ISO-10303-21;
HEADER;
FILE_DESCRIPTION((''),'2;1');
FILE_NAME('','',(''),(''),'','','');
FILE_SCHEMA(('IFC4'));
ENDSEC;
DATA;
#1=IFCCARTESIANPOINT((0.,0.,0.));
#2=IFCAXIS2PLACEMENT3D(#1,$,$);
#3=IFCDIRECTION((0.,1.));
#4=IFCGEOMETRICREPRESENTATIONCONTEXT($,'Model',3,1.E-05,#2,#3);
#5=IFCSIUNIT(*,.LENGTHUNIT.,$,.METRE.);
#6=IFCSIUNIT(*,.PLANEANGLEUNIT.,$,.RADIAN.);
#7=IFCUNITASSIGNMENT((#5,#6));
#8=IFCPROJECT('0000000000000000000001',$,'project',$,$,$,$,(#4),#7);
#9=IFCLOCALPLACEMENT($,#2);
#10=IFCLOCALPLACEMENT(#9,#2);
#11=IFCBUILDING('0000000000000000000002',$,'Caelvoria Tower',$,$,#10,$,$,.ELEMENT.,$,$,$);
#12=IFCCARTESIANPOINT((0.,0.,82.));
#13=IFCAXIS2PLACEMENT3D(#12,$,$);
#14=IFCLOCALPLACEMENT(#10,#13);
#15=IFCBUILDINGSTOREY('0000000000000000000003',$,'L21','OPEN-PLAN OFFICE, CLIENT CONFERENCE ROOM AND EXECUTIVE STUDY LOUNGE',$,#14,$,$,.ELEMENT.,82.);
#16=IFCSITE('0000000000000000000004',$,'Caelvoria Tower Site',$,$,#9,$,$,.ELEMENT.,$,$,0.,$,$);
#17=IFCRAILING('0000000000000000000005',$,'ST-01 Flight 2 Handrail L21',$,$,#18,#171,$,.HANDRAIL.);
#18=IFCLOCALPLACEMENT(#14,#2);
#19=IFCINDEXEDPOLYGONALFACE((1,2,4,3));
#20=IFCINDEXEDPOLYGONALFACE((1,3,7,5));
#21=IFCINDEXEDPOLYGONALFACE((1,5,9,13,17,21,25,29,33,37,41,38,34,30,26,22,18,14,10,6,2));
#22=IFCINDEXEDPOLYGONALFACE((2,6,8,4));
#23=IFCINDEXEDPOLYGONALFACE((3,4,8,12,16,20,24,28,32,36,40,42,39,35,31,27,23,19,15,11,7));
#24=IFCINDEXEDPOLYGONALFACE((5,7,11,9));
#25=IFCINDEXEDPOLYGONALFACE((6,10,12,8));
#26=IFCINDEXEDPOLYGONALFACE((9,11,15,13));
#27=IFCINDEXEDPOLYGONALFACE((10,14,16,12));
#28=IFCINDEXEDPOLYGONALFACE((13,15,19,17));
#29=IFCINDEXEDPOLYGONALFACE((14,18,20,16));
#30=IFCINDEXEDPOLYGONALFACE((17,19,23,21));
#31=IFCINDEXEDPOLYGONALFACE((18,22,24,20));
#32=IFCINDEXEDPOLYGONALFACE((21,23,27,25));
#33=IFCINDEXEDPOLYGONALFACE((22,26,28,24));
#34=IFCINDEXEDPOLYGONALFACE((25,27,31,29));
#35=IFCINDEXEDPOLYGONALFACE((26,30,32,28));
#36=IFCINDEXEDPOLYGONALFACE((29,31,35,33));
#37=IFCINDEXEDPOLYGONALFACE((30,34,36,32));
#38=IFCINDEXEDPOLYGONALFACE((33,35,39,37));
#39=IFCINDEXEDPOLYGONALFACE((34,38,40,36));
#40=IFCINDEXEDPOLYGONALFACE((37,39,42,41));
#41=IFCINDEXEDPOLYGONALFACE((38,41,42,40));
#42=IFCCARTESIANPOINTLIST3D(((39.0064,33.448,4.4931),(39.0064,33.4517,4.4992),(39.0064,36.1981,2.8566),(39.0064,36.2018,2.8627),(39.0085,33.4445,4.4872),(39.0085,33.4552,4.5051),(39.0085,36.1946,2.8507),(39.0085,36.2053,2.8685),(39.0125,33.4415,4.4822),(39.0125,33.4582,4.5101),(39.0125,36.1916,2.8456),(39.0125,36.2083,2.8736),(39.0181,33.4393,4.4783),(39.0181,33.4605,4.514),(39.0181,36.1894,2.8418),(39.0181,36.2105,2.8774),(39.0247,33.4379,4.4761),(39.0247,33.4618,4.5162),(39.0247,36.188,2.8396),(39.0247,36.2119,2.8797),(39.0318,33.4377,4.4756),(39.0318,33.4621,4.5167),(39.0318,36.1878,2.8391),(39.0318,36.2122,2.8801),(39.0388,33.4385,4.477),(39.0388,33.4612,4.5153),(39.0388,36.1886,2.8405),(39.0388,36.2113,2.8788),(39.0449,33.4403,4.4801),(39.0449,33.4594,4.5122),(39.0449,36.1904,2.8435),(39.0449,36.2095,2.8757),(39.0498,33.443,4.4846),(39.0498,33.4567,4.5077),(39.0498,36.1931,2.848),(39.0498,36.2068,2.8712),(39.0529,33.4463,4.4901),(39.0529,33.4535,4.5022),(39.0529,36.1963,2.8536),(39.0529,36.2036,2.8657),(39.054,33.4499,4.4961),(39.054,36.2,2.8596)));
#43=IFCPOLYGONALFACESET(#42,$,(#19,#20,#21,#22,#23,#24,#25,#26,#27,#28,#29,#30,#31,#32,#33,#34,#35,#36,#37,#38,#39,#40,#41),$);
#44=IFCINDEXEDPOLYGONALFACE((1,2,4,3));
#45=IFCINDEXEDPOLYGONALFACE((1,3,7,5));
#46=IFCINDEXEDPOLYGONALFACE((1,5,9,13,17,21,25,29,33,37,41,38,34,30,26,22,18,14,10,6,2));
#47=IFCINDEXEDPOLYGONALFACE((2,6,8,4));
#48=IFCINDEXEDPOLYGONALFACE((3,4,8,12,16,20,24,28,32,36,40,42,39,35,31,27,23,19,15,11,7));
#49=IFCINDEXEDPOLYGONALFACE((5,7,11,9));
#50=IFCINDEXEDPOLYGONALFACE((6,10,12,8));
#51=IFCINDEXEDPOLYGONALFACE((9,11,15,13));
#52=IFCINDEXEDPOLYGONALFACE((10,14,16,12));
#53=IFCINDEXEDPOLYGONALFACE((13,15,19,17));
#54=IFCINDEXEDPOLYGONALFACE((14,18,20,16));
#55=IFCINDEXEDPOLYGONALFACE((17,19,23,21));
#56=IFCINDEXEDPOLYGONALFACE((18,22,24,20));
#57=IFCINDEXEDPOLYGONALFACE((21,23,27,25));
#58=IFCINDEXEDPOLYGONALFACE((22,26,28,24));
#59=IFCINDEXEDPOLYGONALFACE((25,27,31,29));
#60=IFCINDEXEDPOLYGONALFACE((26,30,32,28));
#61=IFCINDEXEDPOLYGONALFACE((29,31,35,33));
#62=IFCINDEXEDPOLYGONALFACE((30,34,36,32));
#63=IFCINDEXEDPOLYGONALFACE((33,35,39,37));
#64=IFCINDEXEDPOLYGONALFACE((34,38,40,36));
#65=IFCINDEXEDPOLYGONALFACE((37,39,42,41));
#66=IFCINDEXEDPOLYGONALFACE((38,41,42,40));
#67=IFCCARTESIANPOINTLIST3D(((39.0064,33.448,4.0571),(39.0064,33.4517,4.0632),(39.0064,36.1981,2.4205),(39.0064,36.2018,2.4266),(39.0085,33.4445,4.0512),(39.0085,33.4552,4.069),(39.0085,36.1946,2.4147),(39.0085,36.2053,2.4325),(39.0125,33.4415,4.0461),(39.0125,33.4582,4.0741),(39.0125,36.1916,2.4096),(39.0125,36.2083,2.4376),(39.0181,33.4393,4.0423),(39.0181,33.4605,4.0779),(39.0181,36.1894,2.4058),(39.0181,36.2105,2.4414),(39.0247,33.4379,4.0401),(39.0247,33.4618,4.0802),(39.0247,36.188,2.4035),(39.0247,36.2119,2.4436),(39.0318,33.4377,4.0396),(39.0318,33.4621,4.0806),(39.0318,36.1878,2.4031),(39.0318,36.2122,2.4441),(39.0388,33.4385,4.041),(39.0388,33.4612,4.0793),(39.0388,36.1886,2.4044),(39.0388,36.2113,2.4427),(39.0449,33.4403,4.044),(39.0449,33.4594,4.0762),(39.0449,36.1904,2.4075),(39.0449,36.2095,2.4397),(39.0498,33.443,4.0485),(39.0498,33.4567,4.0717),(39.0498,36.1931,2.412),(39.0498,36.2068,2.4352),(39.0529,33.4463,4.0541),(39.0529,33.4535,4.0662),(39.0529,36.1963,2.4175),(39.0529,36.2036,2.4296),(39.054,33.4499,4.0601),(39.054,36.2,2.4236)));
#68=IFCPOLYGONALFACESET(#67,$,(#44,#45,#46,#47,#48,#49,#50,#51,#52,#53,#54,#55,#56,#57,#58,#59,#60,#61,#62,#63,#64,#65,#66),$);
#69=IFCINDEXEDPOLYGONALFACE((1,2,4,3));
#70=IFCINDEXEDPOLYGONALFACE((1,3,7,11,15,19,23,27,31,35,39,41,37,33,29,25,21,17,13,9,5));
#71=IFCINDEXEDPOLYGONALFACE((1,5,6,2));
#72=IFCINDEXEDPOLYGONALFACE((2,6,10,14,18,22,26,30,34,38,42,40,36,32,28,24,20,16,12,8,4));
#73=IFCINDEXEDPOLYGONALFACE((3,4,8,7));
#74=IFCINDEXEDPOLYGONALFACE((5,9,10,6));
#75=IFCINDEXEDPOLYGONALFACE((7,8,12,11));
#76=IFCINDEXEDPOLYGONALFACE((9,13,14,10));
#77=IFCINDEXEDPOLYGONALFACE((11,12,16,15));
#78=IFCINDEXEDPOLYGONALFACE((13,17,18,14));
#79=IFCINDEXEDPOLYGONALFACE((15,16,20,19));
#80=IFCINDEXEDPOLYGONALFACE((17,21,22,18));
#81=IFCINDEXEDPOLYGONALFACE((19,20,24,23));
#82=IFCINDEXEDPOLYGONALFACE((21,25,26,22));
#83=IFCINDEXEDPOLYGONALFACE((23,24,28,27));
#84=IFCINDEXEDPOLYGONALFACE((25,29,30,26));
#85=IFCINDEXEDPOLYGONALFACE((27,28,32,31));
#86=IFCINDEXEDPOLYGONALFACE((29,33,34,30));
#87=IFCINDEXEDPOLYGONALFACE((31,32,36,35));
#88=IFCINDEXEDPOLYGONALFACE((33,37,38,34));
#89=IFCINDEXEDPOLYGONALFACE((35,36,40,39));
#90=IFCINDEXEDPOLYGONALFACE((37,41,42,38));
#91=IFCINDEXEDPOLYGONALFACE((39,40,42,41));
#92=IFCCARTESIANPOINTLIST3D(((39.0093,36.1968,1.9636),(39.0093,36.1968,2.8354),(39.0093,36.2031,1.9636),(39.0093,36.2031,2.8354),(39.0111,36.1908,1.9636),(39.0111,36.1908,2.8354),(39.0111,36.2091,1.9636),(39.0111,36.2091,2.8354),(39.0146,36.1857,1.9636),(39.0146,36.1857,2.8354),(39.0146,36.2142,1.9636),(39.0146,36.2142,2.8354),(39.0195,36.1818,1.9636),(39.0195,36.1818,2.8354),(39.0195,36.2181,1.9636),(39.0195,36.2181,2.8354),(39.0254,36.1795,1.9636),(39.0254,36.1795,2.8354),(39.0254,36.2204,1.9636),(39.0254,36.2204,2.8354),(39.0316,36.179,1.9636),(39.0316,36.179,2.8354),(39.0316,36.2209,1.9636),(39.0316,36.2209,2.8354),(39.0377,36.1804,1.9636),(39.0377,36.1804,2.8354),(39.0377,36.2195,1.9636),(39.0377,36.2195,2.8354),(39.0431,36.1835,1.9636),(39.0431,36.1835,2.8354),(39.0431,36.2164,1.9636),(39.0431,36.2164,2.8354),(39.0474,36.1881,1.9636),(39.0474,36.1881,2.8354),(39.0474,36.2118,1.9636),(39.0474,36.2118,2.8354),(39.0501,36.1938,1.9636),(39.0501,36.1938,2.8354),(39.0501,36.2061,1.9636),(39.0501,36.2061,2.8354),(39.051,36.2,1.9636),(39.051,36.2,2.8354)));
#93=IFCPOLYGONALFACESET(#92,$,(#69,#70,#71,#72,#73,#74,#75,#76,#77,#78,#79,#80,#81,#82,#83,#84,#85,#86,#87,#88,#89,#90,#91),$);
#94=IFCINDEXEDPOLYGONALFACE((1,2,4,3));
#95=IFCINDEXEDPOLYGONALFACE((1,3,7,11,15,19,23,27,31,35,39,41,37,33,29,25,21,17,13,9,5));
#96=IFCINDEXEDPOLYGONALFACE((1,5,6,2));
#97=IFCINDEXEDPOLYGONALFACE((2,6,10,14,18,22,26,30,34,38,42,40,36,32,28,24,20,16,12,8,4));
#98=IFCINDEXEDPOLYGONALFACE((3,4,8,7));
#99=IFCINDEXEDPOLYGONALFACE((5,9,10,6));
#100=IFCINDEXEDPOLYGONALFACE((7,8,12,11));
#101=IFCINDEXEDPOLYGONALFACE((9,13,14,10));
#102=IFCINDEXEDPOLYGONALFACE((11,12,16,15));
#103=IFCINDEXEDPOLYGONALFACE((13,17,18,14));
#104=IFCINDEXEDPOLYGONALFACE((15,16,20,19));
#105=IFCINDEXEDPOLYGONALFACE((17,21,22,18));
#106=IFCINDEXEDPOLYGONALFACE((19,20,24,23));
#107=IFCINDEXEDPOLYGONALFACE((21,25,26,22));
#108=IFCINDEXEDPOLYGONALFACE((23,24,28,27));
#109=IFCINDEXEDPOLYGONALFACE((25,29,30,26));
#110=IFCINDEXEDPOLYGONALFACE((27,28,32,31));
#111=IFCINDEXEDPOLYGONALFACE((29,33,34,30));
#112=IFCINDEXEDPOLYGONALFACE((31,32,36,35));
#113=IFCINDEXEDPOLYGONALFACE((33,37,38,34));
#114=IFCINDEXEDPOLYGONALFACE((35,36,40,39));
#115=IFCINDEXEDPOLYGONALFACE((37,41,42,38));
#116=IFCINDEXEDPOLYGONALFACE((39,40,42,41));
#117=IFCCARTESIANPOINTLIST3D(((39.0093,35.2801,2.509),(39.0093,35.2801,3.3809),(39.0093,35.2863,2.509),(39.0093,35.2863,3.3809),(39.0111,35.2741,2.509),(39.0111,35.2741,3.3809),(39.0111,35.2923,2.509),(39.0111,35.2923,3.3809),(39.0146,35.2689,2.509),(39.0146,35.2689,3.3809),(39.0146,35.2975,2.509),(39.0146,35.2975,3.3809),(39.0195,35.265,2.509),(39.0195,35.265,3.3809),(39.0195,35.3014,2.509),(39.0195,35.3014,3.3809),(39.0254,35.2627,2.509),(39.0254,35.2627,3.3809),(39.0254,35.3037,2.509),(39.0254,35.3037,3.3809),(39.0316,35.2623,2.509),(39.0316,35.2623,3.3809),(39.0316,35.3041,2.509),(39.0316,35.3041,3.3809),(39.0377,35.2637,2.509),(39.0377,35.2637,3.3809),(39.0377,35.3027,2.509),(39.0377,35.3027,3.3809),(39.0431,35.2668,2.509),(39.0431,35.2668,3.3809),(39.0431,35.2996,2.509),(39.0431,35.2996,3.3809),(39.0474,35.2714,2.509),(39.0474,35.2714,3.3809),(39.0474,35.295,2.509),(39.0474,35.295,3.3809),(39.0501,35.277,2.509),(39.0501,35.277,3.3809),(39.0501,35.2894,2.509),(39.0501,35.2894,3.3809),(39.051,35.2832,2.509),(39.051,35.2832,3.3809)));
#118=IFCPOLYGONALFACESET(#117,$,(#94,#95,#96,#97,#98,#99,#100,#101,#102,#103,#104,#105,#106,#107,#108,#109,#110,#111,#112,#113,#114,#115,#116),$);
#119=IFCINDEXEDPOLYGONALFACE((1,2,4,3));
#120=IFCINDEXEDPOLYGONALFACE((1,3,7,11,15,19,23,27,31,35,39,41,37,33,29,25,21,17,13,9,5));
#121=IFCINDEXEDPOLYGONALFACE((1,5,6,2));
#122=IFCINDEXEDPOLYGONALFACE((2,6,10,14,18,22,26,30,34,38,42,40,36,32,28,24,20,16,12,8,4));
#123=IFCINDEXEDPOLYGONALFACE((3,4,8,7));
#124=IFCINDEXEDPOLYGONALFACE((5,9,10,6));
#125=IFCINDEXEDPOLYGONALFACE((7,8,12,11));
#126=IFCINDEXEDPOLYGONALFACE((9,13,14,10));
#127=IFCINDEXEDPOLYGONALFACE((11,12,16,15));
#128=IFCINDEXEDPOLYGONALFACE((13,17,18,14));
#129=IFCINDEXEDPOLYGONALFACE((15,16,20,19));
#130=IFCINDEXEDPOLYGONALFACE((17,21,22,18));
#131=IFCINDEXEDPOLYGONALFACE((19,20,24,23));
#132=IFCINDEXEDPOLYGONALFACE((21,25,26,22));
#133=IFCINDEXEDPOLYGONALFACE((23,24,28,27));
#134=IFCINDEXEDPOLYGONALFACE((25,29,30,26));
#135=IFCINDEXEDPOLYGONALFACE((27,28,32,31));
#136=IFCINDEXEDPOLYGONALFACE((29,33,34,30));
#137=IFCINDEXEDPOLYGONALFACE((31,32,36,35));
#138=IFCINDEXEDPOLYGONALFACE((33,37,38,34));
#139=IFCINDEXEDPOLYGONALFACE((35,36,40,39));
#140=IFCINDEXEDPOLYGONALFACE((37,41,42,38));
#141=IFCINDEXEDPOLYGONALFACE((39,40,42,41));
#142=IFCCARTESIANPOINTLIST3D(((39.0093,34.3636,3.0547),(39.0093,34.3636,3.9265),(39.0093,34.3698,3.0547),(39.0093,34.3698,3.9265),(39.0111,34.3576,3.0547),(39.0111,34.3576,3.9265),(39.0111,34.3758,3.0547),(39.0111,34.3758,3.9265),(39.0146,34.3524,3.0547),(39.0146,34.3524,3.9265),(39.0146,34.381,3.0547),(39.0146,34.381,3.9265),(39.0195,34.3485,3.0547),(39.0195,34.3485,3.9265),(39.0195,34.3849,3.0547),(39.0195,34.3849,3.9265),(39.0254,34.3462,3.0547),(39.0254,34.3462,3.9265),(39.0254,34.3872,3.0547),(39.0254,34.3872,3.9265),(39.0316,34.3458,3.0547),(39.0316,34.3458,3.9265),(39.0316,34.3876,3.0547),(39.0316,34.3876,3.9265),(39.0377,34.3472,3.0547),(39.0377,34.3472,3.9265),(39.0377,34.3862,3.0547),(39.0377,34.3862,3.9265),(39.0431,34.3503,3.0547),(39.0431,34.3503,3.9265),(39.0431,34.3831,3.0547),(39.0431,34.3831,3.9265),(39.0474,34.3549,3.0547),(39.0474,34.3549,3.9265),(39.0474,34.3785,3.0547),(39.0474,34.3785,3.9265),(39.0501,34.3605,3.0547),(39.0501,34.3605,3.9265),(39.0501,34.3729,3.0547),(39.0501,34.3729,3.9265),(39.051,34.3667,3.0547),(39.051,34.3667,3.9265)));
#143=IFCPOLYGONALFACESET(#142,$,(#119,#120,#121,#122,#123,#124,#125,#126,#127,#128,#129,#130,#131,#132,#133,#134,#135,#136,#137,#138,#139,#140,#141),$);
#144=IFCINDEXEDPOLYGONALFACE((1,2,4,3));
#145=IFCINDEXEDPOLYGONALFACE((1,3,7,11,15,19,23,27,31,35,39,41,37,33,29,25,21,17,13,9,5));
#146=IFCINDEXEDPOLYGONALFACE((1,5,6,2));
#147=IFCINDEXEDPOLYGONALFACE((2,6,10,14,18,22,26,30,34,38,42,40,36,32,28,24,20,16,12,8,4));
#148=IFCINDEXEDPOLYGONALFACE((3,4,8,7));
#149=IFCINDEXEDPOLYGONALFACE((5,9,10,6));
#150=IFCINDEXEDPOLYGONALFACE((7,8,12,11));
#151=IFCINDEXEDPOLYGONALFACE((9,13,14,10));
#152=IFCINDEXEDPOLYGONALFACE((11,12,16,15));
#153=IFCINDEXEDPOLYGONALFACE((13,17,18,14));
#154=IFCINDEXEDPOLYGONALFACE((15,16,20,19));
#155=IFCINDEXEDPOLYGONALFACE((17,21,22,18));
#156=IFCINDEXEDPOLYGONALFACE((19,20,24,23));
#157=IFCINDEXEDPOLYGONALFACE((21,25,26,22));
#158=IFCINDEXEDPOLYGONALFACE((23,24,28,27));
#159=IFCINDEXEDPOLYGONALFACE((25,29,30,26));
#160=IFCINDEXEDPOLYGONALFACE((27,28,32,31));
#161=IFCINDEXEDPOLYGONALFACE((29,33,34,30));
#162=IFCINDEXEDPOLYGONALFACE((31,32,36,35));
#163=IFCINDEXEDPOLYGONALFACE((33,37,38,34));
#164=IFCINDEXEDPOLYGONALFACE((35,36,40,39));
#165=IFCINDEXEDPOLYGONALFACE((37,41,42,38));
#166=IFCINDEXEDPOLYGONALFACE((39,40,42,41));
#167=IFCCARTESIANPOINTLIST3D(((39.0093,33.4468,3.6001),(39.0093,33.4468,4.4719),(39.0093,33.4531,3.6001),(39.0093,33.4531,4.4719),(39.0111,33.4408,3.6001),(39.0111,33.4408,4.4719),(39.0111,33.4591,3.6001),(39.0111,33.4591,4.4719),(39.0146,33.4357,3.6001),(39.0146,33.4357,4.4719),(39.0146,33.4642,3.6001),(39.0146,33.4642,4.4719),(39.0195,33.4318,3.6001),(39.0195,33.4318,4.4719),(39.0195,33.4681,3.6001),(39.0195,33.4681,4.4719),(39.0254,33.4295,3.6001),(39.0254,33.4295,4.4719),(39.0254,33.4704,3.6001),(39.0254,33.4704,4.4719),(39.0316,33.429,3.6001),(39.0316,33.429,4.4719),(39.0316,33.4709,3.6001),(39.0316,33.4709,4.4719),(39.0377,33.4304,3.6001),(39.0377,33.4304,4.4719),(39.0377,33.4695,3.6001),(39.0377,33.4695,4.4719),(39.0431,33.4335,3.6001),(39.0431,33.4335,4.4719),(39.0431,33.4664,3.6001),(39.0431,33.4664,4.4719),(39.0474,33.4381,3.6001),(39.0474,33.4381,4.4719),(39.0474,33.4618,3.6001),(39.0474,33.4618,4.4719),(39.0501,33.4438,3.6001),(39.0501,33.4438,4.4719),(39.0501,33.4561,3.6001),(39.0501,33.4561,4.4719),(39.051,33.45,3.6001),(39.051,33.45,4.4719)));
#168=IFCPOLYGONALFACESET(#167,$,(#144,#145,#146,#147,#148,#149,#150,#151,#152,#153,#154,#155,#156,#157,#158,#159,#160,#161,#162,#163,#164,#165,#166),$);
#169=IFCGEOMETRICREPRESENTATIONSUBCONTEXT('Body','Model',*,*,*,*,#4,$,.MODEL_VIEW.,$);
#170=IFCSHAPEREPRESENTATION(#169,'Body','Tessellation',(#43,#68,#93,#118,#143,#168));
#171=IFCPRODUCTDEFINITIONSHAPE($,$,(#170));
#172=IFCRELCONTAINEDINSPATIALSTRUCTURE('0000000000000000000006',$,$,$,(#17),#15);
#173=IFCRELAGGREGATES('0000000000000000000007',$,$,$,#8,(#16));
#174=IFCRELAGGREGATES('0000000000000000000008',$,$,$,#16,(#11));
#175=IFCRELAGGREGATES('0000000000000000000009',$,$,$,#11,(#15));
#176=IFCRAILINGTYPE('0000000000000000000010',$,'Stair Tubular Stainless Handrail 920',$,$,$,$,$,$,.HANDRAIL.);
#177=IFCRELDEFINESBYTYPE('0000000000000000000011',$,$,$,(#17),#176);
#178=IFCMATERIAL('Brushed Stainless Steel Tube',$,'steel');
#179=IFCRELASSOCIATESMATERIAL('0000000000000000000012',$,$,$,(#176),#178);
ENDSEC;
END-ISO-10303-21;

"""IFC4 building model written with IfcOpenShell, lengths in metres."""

from ifc_helpers import new_model, si_unit, direction, frame, origin, origin_2d, place, context, subcontext, project, spatial, circle, extrude, material, type_object, element, save


model = new_model("IFC4")

# Units and contexts
model_context = context("Model", 3, precision=1e-05, world=origin(), true_north=direction((0.0, 1.0)))
body_context = subcontext(model_context, "Body", "Model", "MODEL_VIEW")
ifc_project = project(units=[si_unit("LENGTHUNIT", "METRE"), si_unit("PLANEANGLEUNIT", "RADIAN")], contexts=[model_context])

# Site, building, storey
site_placement = place(None, origin())
site = spatial("IfcSite", under=ifc_project, at=site_placement, Name="Caelvoria Tower Site", CompositionType="ELEMENT", RefElevation=0.0)
building_placement = place(site_placement, origin())
building = spatial("IfcBuilding", under=site, at=building_placement, Name="Caelvoria Tower", CompositionType="ELEMENT")
storey_placement = place(building_placement, frame((0.0, 0.0, 82.0)))
storey = spatial("IfcBuildingStorey", under=building, at=storey_placement, Name="L21", Description="OPEN-PLAN OFFICE, CLIENT CONFERENCE ROOM AND EXECUTIVE STUDY LOUNGE", CompositionType="ELEMENT", Elevation=82.0)

# Railing
ifc_material_1 = material(Name="Brushed Stainless Steel Tube", Category="steel")
railing_type_1 = type_object("IfcRailingType", Name="Stair Tubular Stainless Handrail 920", PredefinedType="HANDRAIL", material=ifc_material_1)
railing_1_placement = place(storey_placement, frame((39.03, 36.2, 1.9636)))
element("IfcRailing", 1, at=railing_1_placement, inside=storey, type_object=railing_type_1, Name="ST-01 Flight 2 Handrail L21", PredefinedType="HANDRAIL", context=body_context, shape_type="SweptSolid", body=[
    extrude(circle(Radius=0.0239, at=origin_2d()), frame((0.0, 0.0, 0.896), z_axis=(0.0, -0.859352, 0.511385), x_axis=(1.0, 0.0, 0.0)), (0.0, 0.0, 1.0), 3.2002),
    extrude(circle(Radius=0.0239, at=origin_2d()), frame((0.0, 0.0, 0.46), z_axis=(0.0, -0.859352, 0.511385), x_axis=(1.0, 0.0, 0.0)), (0.0, 0.0, 1.0), 3.2002),
    extrude(circle(Radius=0.021, at=origin_2d()), origin(), (0.0, 0.0, 1.0), 0.8718),
    extrude(circle(Radius=0.021, at=origin_2d()), frame((0.0, -0.9167, 0.5454)), (0.0, 0.0, 1.0), 0.8718),
    extrude(circle(Radius=0.021, at=origin_2d()), frame((0.0, -1.8333, 1.0911)), (0.0, 0.0, 1.0), 0.8718),
    extrude(circle(Radius=0.021, at=origin_2d()), frame((0.0, -2.75, 1.6365)), (0.0, 0.0, 1.0), 0.8718),
])

save(model, "model.ifc")
